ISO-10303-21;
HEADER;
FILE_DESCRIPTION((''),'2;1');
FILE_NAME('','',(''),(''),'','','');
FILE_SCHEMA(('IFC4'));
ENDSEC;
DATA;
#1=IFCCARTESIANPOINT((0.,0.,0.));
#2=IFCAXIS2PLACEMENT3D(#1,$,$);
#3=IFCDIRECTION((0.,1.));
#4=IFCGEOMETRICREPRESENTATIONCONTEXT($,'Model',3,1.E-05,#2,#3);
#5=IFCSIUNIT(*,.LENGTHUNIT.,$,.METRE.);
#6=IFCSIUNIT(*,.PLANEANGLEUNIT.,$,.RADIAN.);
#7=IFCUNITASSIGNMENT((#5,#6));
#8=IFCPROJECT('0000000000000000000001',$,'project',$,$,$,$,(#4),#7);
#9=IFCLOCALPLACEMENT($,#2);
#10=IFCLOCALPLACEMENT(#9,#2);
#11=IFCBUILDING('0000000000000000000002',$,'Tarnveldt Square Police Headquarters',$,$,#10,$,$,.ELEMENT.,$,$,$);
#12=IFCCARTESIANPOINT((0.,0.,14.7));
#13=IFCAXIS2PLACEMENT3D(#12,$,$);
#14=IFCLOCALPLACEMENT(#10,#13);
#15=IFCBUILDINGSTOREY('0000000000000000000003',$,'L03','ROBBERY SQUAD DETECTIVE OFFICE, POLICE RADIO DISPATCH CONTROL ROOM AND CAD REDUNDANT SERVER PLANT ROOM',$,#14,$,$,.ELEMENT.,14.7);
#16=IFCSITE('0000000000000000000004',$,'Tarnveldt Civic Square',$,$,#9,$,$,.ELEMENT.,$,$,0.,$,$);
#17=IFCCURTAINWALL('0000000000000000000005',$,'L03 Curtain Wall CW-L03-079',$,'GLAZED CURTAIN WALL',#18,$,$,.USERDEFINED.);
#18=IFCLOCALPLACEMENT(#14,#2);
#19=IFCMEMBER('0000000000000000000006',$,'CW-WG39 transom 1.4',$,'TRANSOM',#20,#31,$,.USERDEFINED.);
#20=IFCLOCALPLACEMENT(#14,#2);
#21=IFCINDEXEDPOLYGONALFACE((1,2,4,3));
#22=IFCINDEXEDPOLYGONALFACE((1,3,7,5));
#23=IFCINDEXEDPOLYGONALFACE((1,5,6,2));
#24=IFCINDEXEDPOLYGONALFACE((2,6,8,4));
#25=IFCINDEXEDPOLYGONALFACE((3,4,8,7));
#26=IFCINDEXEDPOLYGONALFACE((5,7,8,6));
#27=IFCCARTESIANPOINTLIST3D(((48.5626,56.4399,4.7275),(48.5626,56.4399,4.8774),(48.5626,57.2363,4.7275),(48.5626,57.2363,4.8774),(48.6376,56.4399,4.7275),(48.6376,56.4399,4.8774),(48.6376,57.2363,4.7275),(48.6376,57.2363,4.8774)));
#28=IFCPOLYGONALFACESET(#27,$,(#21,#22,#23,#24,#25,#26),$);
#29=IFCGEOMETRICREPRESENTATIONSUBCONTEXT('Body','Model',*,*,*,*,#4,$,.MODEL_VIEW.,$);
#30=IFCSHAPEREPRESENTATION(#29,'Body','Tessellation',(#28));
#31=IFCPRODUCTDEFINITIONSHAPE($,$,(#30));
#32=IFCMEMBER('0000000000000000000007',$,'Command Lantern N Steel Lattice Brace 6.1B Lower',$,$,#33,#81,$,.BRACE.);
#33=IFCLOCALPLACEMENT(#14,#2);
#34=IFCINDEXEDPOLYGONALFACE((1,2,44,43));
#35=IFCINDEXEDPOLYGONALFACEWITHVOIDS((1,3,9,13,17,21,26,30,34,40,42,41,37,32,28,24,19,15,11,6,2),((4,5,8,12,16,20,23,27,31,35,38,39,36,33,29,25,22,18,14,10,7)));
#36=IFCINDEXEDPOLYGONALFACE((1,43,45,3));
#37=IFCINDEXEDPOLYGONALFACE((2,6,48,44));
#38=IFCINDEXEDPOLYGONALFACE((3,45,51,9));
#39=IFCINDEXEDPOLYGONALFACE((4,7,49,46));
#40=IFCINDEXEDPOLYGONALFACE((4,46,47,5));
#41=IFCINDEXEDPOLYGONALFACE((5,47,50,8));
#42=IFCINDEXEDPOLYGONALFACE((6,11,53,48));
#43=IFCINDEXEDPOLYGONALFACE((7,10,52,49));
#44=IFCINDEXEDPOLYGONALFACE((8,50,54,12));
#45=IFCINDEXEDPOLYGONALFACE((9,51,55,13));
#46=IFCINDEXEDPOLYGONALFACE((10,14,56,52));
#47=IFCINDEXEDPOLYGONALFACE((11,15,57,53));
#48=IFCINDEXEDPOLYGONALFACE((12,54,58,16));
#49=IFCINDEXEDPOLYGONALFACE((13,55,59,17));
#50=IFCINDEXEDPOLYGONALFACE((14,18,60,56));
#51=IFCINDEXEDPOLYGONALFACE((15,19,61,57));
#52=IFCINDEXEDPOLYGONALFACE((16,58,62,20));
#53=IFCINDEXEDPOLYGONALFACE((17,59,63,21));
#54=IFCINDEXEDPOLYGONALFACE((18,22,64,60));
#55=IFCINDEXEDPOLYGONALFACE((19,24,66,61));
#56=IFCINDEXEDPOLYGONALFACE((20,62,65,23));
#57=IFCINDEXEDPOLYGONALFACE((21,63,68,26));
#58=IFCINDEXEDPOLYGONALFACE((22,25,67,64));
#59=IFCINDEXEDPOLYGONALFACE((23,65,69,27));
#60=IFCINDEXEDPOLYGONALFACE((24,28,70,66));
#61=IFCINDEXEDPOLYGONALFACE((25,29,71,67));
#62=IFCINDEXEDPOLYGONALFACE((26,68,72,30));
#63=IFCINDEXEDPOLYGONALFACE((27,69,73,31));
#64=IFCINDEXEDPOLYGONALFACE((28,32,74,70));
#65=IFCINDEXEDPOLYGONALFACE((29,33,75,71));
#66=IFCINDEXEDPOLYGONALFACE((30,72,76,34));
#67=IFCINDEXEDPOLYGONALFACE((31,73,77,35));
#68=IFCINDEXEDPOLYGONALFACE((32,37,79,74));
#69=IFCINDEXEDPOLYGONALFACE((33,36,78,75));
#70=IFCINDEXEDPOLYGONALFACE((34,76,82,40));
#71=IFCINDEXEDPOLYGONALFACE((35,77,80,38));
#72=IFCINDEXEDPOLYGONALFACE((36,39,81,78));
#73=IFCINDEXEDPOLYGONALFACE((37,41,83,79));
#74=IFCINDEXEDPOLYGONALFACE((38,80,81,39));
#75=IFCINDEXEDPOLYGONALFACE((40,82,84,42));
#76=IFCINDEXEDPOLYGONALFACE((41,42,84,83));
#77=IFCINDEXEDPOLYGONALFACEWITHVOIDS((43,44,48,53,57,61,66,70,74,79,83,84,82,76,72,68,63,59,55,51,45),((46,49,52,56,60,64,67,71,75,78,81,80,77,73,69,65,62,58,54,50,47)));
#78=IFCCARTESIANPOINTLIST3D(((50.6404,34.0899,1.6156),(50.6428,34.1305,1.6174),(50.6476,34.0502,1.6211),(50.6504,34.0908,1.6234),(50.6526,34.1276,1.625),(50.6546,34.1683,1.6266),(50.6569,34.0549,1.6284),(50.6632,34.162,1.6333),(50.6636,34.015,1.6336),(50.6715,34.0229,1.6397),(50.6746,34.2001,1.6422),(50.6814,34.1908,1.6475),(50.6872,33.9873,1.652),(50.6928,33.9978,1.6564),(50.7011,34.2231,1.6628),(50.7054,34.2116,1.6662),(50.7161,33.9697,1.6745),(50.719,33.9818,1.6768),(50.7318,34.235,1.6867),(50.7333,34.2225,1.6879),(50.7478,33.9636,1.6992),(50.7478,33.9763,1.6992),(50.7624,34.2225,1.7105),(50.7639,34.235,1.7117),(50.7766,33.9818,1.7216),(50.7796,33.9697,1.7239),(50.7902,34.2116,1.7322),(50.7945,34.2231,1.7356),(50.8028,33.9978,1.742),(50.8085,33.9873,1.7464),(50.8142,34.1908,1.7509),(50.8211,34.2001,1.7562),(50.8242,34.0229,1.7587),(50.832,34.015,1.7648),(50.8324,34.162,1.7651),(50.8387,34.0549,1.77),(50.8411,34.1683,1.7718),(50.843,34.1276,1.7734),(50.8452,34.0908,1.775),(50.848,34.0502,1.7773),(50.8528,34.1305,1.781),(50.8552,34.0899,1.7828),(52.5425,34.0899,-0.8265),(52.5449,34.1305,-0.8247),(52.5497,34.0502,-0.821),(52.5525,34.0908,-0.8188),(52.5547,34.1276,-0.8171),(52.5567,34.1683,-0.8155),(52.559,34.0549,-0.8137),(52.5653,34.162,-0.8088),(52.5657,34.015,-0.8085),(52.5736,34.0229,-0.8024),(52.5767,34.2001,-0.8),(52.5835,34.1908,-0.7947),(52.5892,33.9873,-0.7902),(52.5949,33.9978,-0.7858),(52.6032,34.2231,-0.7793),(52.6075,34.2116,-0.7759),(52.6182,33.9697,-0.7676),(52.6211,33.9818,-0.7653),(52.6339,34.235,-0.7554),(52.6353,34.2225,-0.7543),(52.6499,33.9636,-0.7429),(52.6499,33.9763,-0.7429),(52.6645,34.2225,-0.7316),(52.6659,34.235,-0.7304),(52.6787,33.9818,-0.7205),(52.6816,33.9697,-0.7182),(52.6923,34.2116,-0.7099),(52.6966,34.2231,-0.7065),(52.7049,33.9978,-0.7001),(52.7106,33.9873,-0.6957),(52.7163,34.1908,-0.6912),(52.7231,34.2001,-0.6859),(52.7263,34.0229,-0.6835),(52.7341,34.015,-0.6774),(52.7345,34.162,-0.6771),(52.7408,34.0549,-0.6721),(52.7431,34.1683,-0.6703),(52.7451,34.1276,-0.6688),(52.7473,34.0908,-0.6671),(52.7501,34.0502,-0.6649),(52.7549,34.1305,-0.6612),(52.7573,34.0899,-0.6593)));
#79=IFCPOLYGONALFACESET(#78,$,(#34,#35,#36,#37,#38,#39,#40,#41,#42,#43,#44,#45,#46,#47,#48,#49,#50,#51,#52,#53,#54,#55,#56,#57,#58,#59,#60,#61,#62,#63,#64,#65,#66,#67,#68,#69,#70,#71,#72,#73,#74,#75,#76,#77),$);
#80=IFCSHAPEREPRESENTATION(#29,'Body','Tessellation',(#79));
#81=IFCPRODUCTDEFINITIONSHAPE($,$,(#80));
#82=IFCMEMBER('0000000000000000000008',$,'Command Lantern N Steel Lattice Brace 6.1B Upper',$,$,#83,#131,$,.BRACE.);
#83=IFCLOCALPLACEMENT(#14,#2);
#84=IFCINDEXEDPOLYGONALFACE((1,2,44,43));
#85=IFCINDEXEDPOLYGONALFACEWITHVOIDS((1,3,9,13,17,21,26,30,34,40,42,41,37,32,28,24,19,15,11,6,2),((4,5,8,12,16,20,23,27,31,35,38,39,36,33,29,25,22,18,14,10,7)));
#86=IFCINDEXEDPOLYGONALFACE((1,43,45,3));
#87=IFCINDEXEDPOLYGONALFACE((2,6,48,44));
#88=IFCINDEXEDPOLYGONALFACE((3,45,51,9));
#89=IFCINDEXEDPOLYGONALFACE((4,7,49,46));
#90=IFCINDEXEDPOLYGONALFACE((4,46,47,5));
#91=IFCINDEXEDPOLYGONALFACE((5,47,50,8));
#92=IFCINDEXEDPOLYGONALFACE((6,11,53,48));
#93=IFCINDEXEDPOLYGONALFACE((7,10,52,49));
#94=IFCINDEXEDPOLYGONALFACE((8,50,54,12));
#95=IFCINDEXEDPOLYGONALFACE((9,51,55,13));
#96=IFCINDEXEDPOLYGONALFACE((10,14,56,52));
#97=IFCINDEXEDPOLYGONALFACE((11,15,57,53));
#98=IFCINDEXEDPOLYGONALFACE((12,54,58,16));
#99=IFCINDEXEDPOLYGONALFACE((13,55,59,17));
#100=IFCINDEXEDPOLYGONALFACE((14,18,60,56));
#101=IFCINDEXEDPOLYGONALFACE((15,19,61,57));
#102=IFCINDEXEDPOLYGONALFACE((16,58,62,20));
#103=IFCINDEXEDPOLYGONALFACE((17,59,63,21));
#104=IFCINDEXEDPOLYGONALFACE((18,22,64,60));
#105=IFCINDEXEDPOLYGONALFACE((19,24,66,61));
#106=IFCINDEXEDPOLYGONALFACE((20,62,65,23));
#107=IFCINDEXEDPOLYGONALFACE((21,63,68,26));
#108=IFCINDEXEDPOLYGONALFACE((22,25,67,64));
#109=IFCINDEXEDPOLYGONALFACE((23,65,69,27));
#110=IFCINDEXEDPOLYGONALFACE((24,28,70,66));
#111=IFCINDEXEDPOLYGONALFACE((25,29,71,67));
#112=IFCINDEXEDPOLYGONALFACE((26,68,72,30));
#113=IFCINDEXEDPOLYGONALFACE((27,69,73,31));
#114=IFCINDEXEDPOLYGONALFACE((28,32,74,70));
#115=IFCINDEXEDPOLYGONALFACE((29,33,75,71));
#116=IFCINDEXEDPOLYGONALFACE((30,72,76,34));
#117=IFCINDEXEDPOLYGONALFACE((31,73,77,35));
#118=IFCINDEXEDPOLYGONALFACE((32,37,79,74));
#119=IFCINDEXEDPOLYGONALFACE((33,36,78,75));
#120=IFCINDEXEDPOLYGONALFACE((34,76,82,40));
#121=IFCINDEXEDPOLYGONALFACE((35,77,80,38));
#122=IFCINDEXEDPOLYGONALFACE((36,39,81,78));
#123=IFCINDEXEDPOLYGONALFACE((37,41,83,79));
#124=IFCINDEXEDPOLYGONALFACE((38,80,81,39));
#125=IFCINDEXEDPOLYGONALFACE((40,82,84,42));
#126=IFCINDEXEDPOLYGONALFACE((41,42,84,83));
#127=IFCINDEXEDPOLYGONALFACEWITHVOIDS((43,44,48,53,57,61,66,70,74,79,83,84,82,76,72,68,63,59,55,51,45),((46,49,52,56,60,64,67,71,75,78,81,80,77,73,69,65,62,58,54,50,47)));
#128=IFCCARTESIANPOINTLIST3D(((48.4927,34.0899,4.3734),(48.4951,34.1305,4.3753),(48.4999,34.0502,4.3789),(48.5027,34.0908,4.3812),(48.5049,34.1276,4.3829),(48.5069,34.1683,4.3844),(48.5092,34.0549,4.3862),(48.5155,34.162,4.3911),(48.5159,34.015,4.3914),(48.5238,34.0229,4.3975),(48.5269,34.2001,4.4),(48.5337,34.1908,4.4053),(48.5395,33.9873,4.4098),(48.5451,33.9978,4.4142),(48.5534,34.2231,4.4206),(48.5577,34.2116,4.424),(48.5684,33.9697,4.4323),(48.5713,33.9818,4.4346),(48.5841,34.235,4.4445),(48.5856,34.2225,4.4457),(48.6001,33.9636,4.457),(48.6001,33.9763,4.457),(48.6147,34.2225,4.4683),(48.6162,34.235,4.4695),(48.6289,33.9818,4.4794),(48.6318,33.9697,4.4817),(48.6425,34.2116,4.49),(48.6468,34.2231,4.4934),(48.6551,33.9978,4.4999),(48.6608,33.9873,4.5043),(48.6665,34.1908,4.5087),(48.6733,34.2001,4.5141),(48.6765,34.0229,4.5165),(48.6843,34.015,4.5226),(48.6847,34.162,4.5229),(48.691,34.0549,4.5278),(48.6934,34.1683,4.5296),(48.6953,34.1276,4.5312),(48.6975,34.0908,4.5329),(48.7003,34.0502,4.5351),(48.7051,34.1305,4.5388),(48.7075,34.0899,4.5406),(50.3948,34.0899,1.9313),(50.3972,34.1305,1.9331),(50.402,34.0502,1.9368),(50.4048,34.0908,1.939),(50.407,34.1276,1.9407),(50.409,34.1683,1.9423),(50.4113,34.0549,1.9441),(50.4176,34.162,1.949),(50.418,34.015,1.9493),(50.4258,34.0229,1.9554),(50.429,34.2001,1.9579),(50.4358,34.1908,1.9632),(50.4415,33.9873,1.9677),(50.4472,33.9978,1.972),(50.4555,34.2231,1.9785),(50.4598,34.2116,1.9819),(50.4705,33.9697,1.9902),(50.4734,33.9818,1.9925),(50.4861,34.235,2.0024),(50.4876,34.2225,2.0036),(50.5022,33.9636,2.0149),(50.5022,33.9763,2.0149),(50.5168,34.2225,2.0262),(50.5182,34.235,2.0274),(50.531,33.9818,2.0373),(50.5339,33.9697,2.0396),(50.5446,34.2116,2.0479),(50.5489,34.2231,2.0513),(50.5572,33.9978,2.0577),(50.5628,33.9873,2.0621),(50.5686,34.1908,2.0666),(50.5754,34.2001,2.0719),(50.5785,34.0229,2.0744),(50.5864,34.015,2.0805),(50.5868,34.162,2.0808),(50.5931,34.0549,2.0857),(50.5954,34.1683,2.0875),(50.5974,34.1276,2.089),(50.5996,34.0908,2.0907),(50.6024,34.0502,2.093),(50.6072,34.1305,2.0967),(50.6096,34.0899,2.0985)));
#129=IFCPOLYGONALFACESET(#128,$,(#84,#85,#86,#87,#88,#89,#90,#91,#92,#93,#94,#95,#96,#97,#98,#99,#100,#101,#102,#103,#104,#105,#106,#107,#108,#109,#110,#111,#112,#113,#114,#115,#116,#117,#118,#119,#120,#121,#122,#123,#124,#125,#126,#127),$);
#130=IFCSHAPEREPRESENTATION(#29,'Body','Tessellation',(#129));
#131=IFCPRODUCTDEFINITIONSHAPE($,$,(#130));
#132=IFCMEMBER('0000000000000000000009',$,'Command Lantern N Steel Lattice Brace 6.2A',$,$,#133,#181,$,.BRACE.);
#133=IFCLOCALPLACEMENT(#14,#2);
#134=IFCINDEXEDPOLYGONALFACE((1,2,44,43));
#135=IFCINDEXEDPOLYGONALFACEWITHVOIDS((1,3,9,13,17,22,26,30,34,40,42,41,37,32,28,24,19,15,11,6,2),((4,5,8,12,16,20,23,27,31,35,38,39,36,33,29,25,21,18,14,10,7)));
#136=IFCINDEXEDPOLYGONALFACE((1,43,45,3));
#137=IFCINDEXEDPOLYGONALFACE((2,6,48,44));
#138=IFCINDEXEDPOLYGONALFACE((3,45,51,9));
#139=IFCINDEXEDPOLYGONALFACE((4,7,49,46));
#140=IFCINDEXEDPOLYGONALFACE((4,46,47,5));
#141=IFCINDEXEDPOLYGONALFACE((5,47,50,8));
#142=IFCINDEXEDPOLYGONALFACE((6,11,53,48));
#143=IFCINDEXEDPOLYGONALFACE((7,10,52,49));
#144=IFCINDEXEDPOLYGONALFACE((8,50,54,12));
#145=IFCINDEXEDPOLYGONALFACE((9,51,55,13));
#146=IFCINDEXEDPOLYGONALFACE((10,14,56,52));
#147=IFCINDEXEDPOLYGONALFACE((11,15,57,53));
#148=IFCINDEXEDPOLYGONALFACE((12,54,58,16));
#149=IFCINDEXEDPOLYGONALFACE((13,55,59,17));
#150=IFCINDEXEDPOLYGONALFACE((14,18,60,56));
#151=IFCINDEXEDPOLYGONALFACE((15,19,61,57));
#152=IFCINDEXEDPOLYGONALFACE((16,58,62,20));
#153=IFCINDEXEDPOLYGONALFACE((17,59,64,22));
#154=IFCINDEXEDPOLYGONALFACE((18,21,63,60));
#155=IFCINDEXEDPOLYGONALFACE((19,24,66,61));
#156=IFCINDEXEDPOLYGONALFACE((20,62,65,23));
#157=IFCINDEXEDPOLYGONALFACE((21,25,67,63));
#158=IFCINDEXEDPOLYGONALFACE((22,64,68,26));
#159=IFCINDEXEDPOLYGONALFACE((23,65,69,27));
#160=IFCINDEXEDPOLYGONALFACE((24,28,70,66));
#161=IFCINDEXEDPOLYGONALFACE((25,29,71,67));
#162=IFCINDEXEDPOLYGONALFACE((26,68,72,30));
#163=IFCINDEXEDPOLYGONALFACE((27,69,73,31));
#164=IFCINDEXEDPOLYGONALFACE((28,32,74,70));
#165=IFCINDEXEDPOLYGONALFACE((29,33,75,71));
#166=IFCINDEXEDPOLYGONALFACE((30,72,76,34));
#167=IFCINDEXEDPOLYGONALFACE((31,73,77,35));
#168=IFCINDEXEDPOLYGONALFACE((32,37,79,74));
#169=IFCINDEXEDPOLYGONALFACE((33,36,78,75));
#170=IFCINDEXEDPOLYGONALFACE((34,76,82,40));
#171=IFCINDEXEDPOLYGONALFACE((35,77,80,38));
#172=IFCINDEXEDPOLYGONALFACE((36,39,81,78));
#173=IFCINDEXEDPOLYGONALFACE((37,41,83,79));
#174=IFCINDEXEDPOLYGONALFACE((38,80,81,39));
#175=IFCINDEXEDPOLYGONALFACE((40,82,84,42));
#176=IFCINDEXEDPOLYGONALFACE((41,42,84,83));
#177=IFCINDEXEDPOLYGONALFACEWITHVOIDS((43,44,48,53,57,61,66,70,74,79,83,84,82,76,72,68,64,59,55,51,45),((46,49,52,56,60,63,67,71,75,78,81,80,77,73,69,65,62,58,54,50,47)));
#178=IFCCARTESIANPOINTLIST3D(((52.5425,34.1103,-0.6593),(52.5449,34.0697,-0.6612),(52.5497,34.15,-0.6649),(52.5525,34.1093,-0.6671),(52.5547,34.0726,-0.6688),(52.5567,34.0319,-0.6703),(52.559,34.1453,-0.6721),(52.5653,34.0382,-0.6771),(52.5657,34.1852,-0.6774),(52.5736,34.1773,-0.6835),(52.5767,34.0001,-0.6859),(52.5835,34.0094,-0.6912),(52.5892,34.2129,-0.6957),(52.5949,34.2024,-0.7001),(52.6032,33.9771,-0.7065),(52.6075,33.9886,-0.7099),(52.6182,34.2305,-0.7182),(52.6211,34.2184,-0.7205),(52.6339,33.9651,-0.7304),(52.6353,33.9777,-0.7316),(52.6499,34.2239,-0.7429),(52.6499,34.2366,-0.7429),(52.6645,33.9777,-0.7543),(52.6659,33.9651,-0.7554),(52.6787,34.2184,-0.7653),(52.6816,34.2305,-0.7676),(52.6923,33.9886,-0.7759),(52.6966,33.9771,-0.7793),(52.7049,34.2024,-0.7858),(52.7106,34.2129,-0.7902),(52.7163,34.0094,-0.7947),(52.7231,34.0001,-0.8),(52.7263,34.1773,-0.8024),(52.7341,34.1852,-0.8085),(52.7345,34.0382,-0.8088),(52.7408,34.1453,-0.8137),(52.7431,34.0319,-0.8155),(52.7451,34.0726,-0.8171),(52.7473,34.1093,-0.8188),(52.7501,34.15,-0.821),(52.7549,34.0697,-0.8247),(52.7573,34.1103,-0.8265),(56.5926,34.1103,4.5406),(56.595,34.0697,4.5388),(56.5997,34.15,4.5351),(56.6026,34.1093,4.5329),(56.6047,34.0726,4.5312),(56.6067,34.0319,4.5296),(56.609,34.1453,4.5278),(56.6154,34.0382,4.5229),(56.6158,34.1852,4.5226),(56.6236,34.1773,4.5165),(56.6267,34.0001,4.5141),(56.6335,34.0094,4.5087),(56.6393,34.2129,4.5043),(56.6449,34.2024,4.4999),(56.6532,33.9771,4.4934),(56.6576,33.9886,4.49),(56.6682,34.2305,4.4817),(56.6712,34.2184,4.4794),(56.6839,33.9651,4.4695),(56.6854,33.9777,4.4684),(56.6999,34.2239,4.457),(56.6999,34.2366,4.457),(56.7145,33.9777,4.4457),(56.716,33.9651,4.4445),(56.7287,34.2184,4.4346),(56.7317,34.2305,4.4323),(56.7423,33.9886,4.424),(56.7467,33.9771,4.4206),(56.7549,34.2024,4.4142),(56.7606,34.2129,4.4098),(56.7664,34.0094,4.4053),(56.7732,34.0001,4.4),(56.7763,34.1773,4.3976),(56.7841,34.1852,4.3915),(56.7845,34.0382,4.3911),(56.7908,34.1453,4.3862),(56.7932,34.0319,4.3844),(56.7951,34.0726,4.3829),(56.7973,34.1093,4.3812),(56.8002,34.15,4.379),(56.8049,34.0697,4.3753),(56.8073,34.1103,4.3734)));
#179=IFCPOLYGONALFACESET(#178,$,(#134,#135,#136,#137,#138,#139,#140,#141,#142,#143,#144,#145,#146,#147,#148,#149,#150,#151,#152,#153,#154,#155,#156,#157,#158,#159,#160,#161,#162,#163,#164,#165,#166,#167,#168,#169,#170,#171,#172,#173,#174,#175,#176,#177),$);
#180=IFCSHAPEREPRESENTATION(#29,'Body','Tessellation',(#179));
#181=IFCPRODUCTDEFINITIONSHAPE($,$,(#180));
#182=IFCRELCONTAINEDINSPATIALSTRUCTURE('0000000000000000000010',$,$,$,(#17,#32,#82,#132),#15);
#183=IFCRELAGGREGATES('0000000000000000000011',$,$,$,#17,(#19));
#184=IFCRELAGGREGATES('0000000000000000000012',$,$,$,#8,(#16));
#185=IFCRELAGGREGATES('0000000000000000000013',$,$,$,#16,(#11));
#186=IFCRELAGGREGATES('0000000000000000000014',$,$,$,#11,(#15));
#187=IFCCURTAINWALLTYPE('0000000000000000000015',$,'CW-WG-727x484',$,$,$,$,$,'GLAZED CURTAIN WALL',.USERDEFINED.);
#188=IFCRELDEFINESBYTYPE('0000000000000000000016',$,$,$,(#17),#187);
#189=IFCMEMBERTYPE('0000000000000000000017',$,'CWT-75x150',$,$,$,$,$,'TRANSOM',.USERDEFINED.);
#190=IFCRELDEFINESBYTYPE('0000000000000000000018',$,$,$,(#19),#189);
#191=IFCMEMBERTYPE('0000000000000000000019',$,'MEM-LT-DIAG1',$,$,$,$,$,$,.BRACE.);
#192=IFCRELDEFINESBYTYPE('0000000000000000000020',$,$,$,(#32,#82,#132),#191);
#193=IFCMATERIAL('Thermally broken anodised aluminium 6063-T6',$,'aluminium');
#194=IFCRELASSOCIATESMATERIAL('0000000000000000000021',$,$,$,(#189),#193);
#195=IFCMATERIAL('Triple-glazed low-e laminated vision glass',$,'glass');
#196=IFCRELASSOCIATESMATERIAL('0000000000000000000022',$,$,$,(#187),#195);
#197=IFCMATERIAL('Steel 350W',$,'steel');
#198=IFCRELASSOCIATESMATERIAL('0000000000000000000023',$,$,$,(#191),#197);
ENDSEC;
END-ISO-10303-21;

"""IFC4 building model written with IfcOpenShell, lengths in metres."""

from ifc_helpers import new_model, si_unit, direction, frame, origin, origin_2d, place, context, subcontext, project, spatial, rectangle, hollow_circle, extrude, material, material_profile, profile_set, type_object, element, aggregate, save


model = new_model("IFC4")

# Units and contexts
model_context = context("Model", 3, precision=1e-05, world=origin(), true_north=direction((0.0, 1.0)))
body_context = subcontext(model_context, "Body", "Model", "MODEL_VIEW")
ifc_project = project(units=[si_unit("LENGTHUNIT", "METRE"), si_unit("PLANEANGLEUNIT", "RADIAN")], contexts=[model_context])

# Site, building, storey
site_placement = place(None, origin())
site = spatial("IfcSite", under=ifc_project, at=site_placement, Name="Tarnveldt Civic Square", CompositionType="ELEMENT", RefElevation=0.0)
building_placement = place(site_placement, origin())
building = spatial("IfcBuilding", under=site, at=building_placement, Name="Tarnveldt Square Police Headquarters", CompositionType="ELEMENT")
storey_placement = place(building_placement, frame((0.0, 0.0, 14.7)))
storey = spatial("IfcBuildingStorey", under=building, at=storey_placement, Name="L03", Description="ROBBERY SQUAD DETECTIVE OFFICE, POLICE RADIO DISPATCH CONTROL ROOM AND CAD REDUNDANT SERVER PLANT ROOM", CompositionType="ELEMENT", Elevation=14.7)

# Shared definitions
ifc_material_1 = material(Name="Steel 350W", Category="steel")

# Curtain wall, member
ifc_material_2 = material(Name="Thermally broken anodised aluminium 6063-T6", Category="aluminium")
ifc_material_profile_1 = material_profile(ifc_material_2, rectangle(XDim=0.075, YDim=0.1499, at=origin_2d()), Name="CW-T75x150")
ifc_profile_set_1 = profile_set([ifc_material_profile_1], Name="Thermally broken anodised aluminium 6063-T6")
member_type_1 = type_object("IfcMemberType", Name="CWT-75x150", ElementType="TRANSOM", PredefinedType="USERDEFINED", material=ifc_profile_set_1)
ifc_material_3 = material(Name="Triple-glazed low-e laminated vision glass", Category="glass")
curtain_wall_type_1 = type_object("IfcCurtainWallType", Name="CW-WG-727x484", ElementType="GLAZED CURTAIN WALL", PredefinedType="USERDEFINED", material=ifc_material_3)
curtain_wall_1_placement = place(storey_placement, origin())
curtain_wall_1 = element("IfcCurtainWall", 1, at=curtain_wall_1_placement, inside=storey, type_object=curtain_wall_type_1, Name="L03 Curtain Wall CW-L03-079", ObjectType="GLAZED CURTAIN WALL", PredefinedType="USERDEFINED")
member_1_placement = place(storey_placement, frame((48.6001, 56.4399, 4.8025), z_axis=(0.0, 1.0, 0.0), x_axis=(-1.0, 0.0, 0.0)))
member_1 = element("IfcMember", 2, at=member_1_placement, type_object=member_type_1, Name="CW-WG39 transom 1.4", ObjectType="TRANSOM", PredefinedType="USERDEFINED", context=body_context, shape_type="SweptSolid", body=[
    extrude(rectangle(XDim=0.075, YDim=0.1499, at=origin_2d()), origin(), (0.0, 0.0, 1.0), 0.7964),
])

# Members
ifc_material_profile_2 = material_profile(ifc_material_1, hollow_circle(Radius=0.1365, WallThickness=0.0127, at=origin_2d()), Name="HSS273x13")
ifc_profile_set_2 = profile_set([ifc_material_profile_2], Name="Steel 350W")
member_type_2 = type_object("IfcMemberType", Name="MEM-LT-DIAG1", PredefinedType="BRACE", material=ifc_profile_set_2)
for number, where, z_axis, x_axis, name in (
    (3, (52.6499, 34.1001, -0.7429), (-0.614476, 0.0, 0.788936), (0.0, -1.0, 0.0), "Command Lantern N Steel Lattice Brace 6.1B Lower"),
    (4, (50.5022, 34.1001, 2.0149), (-0.614476, 0.0, 0.788936), (0.0, -1.0, 0.0), "Command Lantern N Steel Lattice Brace 6.1B Upper"),
):
    element("IfcMember", number, at=place(storey_placement, frame(where, z_axis=z_axis, x_axis=x_axis)), inside=storey, type_object=member_type_2, Name=name, PredefinedType="BRACE", context=body_context, shape_type="SweptSolid", body=[
        extrude(hollow_circle(Radius=0.1365, WallThickness=0.0127, at=origin_2d()), origin(), (0.0, 0.0, 1.0), 3.0955),
    ])
member_2_placement = place(storey_placement, frame((52.6499, 34.1001, -0.7429), z_axis=(0.614474, 0.0, 0.788937), x_axis=(0.0, 1.0, 0.0)))
element("IfcMember", 5, at=member_2_placement, inside=storey, type_object=member_type_2, Name="Command Lantern N Steel Lattice Brace 6.2A", PredefinedType="BRACE", context=body_context, shape_type="SweptSolid", body=[
    extrude(hollow_circle(Radius=0.1365, WallThickness=0.0127, at=origin_2d()), origin(), (0.0, 0.0, 1.0), 6.5911),
])

aggregate(curtain_wall_1, [member_1])

save(model, "model.ifc")
